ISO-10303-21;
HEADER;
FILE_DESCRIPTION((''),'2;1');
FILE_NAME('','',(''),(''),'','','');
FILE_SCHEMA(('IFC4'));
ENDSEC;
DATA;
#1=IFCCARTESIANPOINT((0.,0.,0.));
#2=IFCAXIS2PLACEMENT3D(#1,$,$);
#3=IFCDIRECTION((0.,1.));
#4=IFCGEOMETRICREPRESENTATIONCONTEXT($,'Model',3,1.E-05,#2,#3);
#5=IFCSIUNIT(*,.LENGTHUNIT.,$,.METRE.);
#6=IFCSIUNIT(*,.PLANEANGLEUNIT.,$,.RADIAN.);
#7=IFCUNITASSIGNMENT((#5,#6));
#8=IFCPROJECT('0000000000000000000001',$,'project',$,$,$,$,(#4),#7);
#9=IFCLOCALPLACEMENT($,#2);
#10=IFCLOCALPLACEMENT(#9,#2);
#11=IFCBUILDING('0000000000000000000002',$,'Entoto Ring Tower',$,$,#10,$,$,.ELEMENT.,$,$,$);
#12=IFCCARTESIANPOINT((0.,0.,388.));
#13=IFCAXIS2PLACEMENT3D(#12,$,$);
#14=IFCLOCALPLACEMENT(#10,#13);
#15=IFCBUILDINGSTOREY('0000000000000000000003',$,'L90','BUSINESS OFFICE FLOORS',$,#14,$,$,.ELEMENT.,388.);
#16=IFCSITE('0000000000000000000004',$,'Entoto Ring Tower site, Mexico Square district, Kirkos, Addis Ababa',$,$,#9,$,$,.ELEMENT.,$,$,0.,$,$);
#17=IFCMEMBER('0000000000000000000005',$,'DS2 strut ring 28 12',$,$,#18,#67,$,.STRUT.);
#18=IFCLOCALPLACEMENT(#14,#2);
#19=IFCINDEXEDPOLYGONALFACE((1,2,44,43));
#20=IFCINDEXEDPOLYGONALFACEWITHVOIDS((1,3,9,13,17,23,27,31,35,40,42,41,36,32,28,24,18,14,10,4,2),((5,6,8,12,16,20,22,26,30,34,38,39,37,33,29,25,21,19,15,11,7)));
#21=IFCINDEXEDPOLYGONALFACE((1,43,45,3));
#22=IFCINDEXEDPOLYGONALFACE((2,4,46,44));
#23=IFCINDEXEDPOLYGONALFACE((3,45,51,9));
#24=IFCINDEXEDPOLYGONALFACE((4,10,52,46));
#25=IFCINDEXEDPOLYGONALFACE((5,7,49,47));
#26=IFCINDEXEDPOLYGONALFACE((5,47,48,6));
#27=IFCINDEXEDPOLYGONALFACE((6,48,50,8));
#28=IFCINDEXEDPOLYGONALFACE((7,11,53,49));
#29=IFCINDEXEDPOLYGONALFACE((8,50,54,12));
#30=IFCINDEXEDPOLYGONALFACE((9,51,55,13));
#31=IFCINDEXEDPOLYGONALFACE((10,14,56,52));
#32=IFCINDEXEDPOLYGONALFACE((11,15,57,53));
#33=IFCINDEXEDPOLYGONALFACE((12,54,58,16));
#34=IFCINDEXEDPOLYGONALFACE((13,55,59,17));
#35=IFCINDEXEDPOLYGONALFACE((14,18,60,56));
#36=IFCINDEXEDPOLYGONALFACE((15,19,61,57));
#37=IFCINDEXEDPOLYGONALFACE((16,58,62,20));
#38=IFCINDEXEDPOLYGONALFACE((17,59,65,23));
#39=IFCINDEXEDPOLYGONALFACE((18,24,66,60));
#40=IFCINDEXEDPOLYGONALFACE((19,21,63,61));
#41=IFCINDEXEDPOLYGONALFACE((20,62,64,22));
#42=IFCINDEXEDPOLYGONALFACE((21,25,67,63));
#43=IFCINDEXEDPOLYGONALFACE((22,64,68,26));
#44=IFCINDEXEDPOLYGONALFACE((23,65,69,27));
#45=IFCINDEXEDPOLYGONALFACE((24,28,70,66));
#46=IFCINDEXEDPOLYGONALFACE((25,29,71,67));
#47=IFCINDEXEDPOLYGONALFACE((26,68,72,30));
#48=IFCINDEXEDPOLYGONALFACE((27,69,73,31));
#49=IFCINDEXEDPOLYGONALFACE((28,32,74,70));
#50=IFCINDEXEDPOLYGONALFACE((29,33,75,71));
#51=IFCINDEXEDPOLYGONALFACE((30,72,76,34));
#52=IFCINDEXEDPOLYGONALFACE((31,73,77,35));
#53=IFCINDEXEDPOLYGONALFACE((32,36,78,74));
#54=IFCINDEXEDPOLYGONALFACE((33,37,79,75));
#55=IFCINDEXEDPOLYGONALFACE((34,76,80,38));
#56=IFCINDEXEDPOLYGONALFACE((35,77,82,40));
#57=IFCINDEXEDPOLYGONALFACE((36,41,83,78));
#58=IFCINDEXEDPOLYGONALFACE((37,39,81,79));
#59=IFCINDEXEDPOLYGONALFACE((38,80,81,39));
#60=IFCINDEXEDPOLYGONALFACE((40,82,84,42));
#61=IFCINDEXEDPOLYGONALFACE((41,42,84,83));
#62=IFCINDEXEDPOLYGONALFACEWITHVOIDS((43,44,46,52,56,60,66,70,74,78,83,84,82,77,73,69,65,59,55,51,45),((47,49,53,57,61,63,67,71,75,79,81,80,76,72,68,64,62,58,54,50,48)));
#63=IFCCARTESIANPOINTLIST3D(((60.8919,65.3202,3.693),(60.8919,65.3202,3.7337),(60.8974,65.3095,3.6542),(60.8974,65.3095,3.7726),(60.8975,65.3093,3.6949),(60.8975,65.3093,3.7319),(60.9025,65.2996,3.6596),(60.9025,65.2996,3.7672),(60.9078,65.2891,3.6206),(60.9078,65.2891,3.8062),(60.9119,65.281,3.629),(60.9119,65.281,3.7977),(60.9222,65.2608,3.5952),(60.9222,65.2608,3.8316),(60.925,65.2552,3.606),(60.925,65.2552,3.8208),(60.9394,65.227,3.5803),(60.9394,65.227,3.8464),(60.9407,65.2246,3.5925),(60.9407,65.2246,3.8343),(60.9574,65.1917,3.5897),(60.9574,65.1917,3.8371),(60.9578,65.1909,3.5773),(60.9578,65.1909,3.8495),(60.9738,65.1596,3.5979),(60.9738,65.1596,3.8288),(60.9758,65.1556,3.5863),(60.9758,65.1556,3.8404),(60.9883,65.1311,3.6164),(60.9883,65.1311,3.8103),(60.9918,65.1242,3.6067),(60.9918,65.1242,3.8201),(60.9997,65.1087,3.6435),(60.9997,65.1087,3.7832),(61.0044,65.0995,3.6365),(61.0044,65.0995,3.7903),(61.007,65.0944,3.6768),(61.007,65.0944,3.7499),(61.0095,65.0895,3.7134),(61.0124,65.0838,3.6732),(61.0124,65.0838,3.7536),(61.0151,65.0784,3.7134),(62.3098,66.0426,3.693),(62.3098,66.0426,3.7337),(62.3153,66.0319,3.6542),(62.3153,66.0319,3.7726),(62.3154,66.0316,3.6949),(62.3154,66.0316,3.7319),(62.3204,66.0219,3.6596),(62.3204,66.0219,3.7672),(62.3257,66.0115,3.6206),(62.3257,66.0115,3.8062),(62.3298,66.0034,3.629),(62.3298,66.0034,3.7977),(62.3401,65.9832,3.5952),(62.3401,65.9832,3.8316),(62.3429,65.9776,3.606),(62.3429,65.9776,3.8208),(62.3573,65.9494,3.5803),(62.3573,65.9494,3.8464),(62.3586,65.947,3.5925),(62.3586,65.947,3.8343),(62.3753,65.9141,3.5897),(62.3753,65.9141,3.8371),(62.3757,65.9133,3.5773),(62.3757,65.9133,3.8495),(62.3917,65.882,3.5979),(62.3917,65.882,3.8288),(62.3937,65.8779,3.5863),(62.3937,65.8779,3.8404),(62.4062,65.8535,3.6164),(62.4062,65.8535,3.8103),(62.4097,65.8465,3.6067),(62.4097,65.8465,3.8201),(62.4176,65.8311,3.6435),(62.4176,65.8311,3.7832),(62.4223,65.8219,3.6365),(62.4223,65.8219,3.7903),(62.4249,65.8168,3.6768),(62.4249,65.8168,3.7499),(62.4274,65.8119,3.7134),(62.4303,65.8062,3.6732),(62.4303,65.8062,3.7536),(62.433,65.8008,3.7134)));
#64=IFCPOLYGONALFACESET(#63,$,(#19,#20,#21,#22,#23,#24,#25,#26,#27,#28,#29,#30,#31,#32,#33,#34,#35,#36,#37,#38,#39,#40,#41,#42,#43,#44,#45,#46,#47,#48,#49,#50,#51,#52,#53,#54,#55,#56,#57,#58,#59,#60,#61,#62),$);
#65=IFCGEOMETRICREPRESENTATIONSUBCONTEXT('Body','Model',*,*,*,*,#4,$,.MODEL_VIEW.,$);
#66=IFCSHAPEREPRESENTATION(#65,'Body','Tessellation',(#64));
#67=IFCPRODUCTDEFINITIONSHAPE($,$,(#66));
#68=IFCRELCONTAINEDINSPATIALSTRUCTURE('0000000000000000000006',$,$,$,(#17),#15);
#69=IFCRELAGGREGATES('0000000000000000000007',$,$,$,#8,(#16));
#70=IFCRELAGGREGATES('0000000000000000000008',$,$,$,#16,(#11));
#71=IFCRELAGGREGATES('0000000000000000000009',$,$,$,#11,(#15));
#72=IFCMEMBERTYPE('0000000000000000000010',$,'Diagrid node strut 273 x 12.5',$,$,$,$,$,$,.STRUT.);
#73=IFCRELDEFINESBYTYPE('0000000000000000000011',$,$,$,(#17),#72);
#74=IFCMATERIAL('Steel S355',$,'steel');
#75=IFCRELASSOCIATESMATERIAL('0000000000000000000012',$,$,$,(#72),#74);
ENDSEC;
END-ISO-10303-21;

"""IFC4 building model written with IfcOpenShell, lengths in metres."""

from ifc_helpers import new_model, si_unit, direction, frame, origin, origin_2d, place, context, subcontext, project, spatial, circle, hollow_circle, extrude, material, material_profile, profile_set, type_object, element, save


model = new_model("IFC4")

# Units and contexts
model_context = context("Model", 3, precision=1e-05, world=origin(), true_north=direction((0.0, 1.0)))
body_context = subcontext(model_context, "Body", "Model", "MODEL_VIEW")
ifc_project = project(units=[si_unit("LENGTHUNIT", "METRE"), si_unit("PLANEANGLEUNIT", "RADIAN")], contexts=[model_context])

# Site, building, storey
site_placement = place(None, origin())
site = spatial("IfcSite", under=ifc_project, at=site_placement, Name="Entoto Ring Tower site, Mexico Square district, Kirkos, Addis Ababa", CompositionType="ELEMENT", RefElevation=0.0)
building_placement = place(site_placement, origin())
building = spatial("IfcBuilding", under=site, at=building_placement, Name="Entoto Ring Tower", CompositionType="ELEMENT")
storey_placement = place(building_placement, frame((0.0, 0.0, 388.0)))
storey = spatial("IfcBuildingStorey", under=building, at=storey_placement, Name="L90", Description="BUSINESS OFFICE FLOORS", CompositionType="ELEMENT", Elevation=388.0)

# Member
ifc_material_1 = material(Name="Steel S355", Category="steel")
ifc_material_profile_1 = material_profile(ifc_material_1, hollow_circle(Radius=0.1365, WallThickness=0.0125, at=origin_2d()), Name="CHS 273 x 12.5")
ifc_material_2 = material(Name="Concrete C60/75", Category="concrete")
ifc_material_profile_2 = material_profile(ifc_material_2, circle(Radius=0.124, at=origin_2d()), Name="Concrete C60/75 infill")
ifc_profile_set = profile_set([ifc_material_profile_1, ifc_material_profile_2], Name="Steel S355")
member_type = type_object("IfcMemberType", Name="Diagrid node strut 273 x 12.5", PredefinedType="STRUT", material=ifc_profile_set)
member_placement = place(storey_placement, frame((62.3711, 65.9224, 3.7134), z_axis=(-0.891027, -0.453951, 0.0), x_axis=(0.453951, -0.891027, 0.0)))
element("IfcMember", 1, at=member_placement, inside=storey, type_object=member_type, Name="DS2 strut ring 28 12", PredefinedType="STRUT", context=body_context, shape_type="SweptSolid", body=[
    extrude(hollow_circle(Radius=0.1365, WallThickness=0.0125, at=origin_2d()), origin(), (0.0, 0.0, 1.0), 1.5913),
])

save(model, "model.ifc")
